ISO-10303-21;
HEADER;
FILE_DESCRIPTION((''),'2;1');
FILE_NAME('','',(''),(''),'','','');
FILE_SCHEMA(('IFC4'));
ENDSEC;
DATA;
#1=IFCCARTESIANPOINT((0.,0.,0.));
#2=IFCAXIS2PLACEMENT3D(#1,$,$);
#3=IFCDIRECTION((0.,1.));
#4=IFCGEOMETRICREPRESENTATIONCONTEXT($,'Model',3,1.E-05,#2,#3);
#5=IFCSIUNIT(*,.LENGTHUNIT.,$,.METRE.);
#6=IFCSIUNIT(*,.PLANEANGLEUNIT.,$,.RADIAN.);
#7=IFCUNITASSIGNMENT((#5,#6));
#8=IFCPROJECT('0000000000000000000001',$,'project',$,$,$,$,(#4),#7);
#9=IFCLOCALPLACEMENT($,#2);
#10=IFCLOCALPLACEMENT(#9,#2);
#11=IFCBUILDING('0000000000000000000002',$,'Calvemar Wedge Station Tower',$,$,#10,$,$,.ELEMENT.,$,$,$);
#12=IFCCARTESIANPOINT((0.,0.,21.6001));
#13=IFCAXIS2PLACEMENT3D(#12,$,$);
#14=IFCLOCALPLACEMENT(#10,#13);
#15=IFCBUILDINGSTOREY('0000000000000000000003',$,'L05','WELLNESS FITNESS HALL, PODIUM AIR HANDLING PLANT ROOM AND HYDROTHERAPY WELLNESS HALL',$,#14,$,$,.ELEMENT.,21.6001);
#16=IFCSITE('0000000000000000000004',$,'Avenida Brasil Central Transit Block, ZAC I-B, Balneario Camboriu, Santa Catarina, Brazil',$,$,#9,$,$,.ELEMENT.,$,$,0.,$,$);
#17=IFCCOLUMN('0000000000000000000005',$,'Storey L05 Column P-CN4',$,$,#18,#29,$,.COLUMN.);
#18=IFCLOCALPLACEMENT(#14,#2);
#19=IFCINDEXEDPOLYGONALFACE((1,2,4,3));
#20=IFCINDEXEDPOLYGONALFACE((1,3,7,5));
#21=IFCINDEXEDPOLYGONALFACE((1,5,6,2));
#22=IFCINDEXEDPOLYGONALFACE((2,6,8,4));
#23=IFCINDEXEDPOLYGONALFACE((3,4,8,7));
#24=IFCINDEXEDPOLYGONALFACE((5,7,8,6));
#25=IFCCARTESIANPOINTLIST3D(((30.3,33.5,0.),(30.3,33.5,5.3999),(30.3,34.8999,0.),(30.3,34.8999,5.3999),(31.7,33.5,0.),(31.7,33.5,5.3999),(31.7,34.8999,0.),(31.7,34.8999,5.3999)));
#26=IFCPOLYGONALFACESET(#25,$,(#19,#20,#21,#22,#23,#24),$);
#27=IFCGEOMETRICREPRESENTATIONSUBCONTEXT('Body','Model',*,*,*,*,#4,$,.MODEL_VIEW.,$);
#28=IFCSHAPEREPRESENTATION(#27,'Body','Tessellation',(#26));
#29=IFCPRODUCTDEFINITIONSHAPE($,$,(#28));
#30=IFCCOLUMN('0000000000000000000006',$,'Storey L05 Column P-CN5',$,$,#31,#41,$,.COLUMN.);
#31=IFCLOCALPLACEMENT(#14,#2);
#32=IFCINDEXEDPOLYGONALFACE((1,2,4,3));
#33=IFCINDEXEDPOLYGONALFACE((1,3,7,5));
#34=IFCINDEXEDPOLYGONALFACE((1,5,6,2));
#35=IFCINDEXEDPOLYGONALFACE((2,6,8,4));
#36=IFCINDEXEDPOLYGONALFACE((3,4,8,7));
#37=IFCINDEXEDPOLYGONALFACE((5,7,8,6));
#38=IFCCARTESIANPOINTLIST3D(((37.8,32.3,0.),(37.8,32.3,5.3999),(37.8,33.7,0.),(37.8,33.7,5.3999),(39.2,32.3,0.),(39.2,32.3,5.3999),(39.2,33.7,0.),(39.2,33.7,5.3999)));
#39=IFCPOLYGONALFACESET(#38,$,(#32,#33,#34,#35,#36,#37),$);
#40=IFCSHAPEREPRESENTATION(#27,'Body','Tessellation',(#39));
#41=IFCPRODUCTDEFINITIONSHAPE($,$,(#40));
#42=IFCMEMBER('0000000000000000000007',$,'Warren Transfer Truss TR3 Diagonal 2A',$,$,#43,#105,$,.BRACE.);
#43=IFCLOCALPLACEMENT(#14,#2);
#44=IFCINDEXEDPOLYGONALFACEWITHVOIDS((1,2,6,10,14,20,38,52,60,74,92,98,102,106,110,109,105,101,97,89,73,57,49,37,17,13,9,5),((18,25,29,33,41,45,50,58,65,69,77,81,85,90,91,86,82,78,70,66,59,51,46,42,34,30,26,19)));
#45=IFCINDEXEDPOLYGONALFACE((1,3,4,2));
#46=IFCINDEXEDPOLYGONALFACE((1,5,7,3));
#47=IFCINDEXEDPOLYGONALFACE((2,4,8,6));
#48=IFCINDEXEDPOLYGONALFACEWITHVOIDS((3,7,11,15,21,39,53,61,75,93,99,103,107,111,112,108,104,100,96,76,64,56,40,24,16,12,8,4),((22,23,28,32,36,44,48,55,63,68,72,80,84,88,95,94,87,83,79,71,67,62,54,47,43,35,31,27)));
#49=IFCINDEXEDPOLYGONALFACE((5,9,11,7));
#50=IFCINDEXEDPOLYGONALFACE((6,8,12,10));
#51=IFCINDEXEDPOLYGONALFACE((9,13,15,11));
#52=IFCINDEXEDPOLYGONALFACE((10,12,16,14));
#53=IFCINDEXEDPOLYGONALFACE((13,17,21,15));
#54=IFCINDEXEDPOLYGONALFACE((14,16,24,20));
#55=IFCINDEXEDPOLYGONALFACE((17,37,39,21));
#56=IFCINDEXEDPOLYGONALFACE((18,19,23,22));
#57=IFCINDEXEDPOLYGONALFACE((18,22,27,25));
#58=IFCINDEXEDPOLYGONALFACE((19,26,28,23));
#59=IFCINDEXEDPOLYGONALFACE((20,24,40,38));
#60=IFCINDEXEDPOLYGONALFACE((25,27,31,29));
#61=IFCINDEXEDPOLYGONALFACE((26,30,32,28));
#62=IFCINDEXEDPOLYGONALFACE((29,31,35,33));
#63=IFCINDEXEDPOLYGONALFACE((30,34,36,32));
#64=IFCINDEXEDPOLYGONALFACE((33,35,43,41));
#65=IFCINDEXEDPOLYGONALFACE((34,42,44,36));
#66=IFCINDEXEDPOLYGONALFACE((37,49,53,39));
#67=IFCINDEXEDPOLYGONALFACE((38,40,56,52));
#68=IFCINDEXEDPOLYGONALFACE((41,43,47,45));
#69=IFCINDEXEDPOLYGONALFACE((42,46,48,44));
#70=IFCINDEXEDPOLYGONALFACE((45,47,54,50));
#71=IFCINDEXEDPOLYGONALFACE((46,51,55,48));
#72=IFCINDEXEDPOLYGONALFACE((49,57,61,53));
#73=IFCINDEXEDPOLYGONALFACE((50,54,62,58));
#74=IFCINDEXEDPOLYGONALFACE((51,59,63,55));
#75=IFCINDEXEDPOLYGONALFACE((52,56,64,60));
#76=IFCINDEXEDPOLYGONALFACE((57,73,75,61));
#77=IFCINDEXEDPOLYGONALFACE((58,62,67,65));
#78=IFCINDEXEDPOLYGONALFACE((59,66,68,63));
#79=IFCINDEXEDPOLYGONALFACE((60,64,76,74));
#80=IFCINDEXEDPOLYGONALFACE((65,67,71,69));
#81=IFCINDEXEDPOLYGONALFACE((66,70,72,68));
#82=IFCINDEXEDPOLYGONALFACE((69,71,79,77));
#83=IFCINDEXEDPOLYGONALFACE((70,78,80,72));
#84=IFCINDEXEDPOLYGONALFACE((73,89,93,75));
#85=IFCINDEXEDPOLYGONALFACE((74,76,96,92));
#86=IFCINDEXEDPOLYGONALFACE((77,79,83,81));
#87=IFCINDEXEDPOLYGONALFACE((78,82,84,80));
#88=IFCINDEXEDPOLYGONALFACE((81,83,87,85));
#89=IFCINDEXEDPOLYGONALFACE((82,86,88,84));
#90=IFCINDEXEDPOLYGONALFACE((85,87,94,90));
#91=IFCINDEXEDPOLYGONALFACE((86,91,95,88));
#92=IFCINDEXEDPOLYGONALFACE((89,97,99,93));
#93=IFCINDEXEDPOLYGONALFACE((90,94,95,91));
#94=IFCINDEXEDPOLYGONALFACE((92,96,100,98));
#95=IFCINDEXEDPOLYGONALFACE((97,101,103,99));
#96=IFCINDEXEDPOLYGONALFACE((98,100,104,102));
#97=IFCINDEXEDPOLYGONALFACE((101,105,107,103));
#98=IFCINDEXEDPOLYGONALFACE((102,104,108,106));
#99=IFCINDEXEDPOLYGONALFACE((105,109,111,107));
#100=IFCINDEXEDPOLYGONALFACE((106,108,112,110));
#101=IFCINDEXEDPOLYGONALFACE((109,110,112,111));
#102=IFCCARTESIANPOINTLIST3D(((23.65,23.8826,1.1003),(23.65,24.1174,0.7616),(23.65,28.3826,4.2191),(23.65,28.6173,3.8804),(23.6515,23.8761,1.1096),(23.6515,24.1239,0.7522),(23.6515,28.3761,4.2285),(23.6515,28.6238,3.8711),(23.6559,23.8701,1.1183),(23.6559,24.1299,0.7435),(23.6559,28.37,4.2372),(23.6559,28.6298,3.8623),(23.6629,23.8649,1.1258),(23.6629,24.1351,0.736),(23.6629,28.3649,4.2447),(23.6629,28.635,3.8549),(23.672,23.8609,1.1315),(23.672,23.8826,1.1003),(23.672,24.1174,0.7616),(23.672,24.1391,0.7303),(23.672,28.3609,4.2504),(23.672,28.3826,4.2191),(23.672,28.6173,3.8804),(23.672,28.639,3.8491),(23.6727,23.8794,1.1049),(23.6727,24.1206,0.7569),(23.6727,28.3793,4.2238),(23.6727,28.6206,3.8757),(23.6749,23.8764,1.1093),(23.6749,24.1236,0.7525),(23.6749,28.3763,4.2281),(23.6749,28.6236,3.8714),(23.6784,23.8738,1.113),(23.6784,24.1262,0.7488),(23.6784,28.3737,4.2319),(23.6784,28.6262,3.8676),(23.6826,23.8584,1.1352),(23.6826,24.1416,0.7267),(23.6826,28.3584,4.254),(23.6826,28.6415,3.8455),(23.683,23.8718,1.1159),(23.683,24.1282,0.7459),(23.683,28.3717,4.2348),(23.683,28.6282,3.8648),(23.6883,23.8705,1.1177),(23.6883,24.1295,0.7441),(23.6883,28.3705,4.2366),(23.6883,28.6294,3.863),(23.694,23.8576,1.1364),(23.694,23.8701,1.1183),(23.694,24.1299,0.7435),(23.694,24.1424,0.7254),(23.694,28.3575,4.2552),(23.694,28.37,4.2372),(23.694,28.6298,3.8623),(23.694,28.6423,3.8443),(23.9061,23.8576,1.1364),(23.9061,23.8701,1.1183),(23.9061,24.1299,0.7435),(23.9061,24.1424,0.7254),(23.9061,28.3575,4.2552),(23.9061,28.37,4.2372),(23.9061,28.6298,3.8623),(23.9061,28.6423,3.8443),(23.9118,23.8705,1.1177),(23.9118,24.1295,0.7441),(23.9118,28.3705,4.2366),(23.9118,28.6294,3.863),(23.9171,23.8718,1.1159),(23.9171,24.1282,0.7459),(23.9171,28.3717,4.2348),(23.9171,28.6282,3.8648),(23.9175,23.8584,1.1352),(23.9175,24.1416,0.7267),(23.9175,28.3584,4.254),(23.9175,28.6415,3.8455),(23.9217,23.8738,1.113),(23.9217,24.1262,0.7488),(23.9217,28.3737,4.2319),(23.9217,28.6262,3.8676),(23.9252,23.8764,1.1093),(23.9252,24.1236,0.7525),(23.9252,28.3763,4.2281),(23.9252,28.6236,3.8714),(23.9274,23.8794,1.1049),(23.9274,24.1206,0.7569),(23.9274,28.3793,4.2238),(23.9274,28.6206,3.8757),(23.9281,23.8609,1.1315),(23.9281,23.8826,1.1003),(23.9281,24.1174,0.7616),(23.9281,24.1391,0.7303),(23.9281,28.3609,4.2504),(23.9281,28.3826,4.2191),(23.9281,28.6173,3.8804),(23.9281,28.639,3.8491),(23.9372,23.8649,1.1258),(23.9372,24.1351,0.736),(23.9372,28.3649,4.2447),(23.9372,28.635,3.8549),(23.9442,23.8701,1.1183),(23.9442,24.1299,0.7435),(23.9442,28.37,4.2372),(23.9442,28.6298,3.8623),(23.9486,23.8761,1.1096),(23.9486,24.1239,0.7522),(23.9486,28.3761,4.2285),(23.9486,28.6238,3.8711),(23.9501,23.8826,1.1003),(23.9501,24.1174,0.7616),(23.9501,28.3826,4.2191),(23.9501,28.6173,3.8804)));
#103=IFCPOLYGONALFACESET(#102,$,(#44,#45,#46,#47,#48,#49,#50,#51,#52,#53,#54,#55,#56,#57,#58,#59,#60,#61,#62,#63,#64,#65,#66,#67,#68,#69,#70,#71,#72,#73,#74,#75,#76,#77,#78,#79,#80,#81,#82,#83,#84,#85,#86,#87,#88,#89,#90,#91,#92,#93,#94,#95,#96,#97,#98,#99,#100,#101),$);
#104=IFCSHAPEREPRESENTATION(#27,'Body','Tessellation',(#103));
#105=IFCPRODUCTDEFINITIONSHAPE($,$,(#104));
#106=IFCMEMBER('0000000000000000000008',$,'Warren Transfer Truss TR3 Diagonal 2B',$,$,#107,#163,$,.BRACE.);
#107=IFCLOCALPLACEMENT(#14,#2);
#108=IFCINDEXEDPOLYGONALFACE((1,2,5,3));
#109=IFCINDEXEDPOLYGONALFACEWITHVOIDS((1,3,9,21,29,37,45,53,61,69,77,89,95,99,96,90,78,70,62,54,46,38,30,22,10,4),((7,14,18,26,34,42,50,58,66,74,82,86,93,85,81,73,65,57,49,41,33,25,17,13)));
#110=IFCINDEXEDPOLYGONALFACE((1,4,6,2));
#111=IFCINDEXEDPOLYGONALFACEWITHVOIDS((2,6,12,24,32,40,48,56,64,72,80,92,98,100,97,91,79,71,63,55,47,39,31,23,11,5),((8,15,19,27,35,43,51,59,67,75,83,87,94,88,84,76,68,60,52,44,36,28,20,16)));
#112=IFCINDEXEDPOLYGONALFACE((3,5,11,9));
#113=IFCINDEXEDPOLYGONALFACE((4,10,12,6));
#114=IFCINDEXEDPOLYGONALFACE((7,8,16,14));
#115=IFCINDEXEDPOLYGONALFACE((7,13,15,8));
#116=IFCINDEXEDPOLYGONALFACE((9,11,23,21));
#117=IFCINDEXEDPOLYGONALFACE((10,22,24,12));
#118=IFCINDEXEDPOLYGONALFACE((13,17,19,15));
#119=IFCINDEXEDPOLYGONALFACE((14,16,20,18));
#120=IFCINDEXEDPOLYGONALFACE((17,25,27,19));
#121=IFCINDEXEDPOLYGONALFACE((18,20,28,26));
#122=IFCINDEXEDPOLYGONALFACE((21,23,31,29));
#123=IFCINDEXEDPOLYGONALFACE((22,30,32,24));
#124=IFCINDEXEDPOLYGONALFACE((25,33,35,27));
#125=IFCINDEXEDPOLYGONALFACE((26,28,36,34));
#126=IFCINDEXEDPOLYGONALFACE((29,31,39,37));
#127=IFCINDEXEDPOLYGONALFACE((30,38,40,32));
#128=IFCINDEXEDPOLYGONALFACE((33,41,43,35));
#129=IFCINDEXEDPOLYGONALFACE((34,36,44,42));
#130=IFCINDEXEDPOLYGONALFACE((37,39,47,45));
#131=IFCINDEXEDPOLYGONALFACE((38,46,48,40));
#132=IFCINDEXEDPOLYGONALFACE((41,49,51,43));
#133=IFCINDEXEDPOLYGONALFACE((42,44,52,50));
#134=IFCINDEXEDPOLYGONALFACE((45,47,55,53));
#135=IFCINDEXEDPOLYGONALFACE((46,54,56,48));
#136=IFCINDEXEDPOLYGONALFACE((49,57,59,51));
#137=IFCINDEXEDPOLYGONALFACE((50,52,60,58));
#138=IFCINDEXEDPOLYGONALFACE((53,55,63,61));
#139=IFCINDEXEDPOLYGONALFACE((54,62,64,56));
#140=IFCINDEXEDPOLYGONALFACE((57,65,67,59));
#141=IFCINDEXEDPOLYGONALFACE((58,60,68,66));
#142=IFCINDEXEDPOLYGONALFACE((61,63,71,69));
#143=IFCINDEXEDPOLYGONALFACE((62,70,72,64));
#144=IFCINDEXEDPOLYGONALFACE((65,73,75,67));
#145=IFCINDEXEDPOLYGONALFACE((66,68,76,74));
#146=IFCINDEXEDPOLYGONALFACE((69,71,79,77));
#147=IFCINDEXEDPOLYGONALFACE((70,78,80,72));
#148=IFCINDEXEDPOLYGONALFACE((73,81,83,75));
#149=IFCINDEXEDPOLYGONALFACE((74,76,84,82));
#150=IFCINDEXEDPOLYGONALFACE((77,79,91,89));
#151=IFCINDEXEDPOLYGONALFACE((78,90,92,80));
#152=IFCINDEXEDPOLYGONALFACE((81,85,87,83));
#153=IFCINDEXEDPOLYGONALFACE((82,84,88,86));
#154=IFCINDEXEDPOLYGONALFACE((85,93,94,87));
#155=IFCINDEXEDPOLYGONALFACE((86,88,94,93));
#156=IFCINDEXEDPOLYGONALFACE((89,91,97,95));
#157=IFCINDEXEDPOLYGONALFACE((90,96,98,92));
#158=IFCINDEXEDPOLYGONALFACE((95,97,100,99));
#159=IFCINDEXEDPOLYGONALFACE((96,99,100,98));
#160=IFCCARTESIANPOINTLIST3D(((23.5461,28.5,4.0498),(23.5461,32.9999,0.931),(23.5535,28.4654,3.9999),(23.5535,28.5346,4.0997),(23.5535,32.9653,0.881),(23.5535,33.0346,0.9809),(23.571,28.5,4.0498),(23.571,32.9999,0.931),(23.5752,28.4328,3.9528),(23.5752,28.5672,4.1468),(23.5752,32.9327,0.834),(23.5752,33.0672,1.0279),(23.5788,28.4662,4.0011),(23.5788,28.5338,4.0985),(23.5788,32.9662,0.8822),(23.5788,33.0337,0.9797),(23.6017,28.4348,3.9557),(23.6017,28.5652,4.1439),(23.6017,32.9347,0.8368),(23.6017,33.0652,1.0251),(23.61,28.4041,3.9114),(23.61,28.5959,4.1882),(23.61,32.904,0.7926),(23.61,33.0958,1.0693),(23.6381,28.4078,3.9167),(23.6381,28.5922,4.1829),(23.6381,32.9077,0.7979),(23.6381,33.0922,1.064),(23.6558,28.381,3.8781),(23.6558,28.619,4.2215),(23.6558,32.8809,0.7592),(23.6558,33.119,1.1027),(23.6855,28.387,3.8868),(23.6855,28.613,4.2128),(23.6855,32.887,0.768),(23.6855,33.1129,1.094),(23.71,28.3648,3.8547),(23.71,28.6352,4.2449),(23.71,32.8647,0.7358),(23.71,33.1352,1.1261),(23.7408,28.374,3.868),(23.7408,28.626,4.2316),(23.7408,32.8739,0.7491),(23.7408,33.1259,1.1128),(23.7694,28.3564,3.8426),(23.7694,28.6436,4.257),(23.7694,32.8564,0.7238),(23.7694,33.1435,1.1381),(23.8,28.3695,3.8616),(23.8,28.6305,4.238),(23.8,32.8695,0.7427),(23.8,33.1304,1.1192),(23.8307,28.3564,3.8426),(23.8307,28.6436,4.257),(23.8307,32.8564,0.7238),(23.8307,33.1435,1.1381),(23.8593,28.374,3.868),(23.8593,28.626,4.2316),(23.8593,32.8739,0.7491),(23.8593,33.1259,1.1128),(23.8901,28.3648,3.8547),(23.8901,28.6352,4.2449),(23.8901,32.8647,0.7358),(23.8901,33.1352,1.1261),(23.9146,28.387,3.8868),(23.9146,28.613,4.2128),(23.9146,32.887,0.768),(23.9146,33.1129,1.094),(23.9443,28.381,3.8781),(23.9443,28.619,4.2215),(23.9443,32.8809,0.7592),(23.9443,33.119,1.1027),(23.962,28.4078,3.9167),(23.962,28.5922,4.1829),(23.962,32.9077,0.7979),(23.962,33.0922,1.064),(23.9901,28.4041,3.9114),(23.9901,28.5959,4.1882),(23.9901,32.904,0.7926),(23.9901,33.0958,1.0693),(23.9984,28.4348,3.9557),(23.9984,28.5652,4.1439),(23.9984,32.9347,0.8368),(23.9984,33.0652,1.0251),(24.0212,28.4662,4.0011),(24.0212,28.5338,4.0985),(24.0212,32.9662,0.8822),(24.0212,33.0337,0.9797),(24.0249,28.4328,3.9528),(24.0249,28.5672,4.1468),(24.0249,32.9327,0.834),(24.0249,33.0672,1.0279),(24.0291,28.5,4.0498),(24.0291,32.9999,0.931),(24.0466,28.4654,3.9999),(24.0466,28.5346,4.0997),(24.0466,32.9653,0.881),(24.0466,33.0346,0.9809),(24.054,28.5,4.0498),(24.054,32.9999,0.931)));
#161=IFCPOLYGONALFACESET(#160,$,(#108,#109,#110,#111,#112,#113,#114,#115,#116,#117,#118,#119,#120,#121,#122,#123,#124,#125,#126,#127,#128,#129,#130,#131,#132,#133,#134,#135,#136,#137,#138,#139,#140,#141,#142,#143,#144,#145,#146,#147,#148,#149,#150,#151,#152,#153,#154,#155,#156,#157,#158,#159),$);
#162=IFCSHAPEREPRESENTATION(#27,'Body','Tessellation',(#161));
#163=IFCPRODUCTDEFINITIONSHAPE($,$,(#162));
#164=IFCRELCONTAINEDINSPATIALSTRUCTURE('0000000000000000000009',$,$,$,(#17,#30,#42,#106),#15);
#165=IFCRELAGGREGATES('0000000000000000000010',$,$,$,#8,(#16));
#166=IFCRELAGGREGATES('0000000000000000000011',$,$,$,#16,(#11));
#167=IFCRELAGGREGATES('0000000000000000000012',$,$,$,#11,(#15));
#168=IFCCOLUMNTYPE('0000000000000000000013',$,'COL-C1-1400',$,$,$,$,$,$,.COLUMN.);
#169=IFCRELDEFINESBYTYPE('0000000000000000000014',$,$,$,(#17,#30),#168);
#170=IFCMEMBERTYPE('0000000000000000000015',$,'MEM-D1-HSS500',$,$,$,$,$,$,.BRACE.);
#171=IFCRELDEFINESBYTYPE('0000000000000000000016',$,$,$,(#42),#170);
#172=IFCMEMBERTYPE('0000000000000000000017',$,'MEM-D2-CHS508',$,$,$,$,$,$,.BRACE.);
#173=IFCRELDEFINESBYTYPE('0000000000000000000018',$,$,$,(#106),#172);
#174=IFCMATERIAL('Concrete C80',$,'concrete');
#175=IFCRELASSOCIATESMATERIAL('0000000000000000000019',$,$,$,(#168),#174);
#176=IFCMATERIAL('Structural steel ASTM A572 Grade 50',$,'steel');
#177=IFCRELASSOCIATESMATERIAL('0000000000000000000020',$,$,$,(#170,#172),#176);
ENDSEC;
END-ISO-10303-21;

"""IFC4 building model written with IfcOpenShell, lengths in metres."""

from ifc_helpers import new_model, si_unit, direction, frame, origin, origin_2d, place, context, subcontext, project, spatial, rectangle, hollow_rectangle, hollow_circle, extrude, source, transform, mapped, material, material_profile, profile_set, type_object, element, save


model = new_model("IFC4")

# Units and contexts
model_context = context("Model", 3, precision=1e-05, world=origin(), true_north=direction((0.0, 1.0)))
body_context = subcontext(model_context, "Body", "Model", "MODEL_VIEW")
ifc_project = project(units=[si_unit("LENGTHUNIT", "METRE"), si_unit("PLANEANGLEUNIT", "RADIAN")], contexts=[model_context])

# Site, building, storey
site_placement = place(None, origin())
site = spatial("IfcSite", under=ifc_project, at=site_placement, Name="Avenida Brasil Central Transit Block, ZAC I-B, Balneario Camboriu, Santa Catarina, Brazil", CompositionType="ELEMENT", RefElevation=0.0)
building_placement = place(site_placement, origin())
building = spatial("IfcBuilding", under=site, at=building_placement, Name="Calvemar Wedge Station Tower", CompositionType="ELEMENT")
storey_placement = place(building_placement, frame((0.0, 0.0, 21.6001)))
storey = spatial("IfcBuildingStorey", under=building, at=storey_placement, Name="L05", Description="WELLNESS FITNESS HALL, PODIUM AIR HANDLING PLANT ROOM AND HYDROTHERAPY WELLNESS HALL", CompositionType="ELEMENT", Elevation=21.6001)

# Columns
ifc_material_1 = material(Name="Concrete C80", Category="concrete")
ifc_material_profile_1 = material_profile(ifc_material_1, rectangle(XDim=1.3999, YDim=1.3999, at=origin_2d()), Name="RC1400x1400")
ifc_profile_set_1 = profile_set([ifc_material_profile_1], Name="Concrete C80")
column_type = type_object("IfcColumnType", Name="COL-C1-1400", PredefinedType="COLUMN", material=ifc_profile_set_1)
shared_shape_1 = source(origin(), body_context, "Body", "SweptSolid", [
    extrude(rectangle(XDim=1.3999, YDim=1.3999, at=origin_2d()), origin(), (0.0, 0.0, 1.0), 5.3999),
])
for number, where, z_axis, x_axis, name in (
    (1, (31.0, 34.2, 0.0), (0.0, 0.0, 1.0), (1.0, 0.0, 0.0), "Storey L05 Column P-CN4"),
    (2, (38.5, 33.0, 0.0), (0.0, 0.0, 1.0), (1.0, 0.0, 0.0), "Storey L05 Column P-CN5"),
):
    element("IfcColumn", number, at=place(storey_placement, frame(where, z_axis=z_axis, x_axis=x_axis)), inside=storey, type_object=column_type, Name=name, PredefinedType="COLUMN", context=body_context, shape_type="MappedRepresentation", body=[
        mapped(shared_shape_1, transform((0.0, 0.0, 0.0), scale=1.0)),
    ])

# Members
ifc_material_2 = material(Name="Structural steel ASTM A572 Grade 50", Category="steel")
ifc_material_profile_2 = material_profile(ifc_material_2, hollow_rectangle(XDim=0.3, YDim=0.5, WallThickness=0.022, InnerFilletRadius=0.022, OuterFilletRadius=0.0439, at=origin_2d()), Name="HSS500x300x22")
ifc_profile_set_2 = profile_set([ifc_material_profile_2], Name="Structural steel ASTM A572 Grade 50")
member_type_1 = type_object("IfcMemberType", Name="MEM-D1-HSS500", PredefinedType="BRACE", material=ifc_profile_set_2)
shared_shape_2 = source(origin(), body_context, "Body", "SweptSolid", [
    extrude(hollow_rectangle(XDim=0.3, YDim=0.5, WallThickness=0.022, InnerFilletRadius=0.022, OuterFilletRadius=0.0439, at=origin_2d()), origin(), (0.0, 0.0, 1.0), 5.4751),
])
member_1_placement = place(storey_placement, frame((23.8, 24.0, 0.9309), z_axis=(0.0, 0.821892, 0.569643), x_axis=(-1.0, 0.0, 0.0)))
element("IfcMember", 3, at=member_1_placement, inside=storey, type_object=member_type_1, Name="Warren Transfer Truss TR3 Diagonal 2A", PredefinedType="BRACE", context=body_context, shape_type="MappedRepresentation", body=[
    mapped(shared_shape_2, transform((0.0, 0.0, 0.0), scale=1.0)),
])
ifc_material_profile_3 = material_profile(ifc_material_2, hollow_circle(Radius=0.2539, WallThickness=0.0249, at=origin_2d()), Name="CHS508x25")
ifc_profile_set_3 = profile_set([ifc_material_profile_3], Name="Structural steel ASTM A572 Grade 50")
member_type_2 = type_object("IfcMemberType", Name="MEM-D2-CHS508", PredefinedType="BRACE", material=ifc_profile_set_3)
shared_shape_3 = source(origin(), body_context, "Body", "SweptSolid", [
    extrude(hollow_circle(Radius=0.2539, WallThickness=0.0249, at=origin_2d()), origin(), (0.0, 0.0, 1.0), 5.4751),
])
member_2_placement = place(storey_placement, frame((23.8, 28.5, 4.0498), z_axis=(0.0, 0.821892, -0.569643), x_axis=(-1.0, 0.0, 0.0)))
element("IfcMember", 4, at=member_2_placement, inside=storey, type_object=member_type_2, Name="Warren Transfer Truss TR3 Diagonal 2B", PredefinedType="BRACE", context=body_context, shape_type="MappedRepresentation", body=[
    mapped(shared_shape_3, transform((0.0, 0.0, 0.0), scale=1.0)),
])

save(model, "model.ifc")
